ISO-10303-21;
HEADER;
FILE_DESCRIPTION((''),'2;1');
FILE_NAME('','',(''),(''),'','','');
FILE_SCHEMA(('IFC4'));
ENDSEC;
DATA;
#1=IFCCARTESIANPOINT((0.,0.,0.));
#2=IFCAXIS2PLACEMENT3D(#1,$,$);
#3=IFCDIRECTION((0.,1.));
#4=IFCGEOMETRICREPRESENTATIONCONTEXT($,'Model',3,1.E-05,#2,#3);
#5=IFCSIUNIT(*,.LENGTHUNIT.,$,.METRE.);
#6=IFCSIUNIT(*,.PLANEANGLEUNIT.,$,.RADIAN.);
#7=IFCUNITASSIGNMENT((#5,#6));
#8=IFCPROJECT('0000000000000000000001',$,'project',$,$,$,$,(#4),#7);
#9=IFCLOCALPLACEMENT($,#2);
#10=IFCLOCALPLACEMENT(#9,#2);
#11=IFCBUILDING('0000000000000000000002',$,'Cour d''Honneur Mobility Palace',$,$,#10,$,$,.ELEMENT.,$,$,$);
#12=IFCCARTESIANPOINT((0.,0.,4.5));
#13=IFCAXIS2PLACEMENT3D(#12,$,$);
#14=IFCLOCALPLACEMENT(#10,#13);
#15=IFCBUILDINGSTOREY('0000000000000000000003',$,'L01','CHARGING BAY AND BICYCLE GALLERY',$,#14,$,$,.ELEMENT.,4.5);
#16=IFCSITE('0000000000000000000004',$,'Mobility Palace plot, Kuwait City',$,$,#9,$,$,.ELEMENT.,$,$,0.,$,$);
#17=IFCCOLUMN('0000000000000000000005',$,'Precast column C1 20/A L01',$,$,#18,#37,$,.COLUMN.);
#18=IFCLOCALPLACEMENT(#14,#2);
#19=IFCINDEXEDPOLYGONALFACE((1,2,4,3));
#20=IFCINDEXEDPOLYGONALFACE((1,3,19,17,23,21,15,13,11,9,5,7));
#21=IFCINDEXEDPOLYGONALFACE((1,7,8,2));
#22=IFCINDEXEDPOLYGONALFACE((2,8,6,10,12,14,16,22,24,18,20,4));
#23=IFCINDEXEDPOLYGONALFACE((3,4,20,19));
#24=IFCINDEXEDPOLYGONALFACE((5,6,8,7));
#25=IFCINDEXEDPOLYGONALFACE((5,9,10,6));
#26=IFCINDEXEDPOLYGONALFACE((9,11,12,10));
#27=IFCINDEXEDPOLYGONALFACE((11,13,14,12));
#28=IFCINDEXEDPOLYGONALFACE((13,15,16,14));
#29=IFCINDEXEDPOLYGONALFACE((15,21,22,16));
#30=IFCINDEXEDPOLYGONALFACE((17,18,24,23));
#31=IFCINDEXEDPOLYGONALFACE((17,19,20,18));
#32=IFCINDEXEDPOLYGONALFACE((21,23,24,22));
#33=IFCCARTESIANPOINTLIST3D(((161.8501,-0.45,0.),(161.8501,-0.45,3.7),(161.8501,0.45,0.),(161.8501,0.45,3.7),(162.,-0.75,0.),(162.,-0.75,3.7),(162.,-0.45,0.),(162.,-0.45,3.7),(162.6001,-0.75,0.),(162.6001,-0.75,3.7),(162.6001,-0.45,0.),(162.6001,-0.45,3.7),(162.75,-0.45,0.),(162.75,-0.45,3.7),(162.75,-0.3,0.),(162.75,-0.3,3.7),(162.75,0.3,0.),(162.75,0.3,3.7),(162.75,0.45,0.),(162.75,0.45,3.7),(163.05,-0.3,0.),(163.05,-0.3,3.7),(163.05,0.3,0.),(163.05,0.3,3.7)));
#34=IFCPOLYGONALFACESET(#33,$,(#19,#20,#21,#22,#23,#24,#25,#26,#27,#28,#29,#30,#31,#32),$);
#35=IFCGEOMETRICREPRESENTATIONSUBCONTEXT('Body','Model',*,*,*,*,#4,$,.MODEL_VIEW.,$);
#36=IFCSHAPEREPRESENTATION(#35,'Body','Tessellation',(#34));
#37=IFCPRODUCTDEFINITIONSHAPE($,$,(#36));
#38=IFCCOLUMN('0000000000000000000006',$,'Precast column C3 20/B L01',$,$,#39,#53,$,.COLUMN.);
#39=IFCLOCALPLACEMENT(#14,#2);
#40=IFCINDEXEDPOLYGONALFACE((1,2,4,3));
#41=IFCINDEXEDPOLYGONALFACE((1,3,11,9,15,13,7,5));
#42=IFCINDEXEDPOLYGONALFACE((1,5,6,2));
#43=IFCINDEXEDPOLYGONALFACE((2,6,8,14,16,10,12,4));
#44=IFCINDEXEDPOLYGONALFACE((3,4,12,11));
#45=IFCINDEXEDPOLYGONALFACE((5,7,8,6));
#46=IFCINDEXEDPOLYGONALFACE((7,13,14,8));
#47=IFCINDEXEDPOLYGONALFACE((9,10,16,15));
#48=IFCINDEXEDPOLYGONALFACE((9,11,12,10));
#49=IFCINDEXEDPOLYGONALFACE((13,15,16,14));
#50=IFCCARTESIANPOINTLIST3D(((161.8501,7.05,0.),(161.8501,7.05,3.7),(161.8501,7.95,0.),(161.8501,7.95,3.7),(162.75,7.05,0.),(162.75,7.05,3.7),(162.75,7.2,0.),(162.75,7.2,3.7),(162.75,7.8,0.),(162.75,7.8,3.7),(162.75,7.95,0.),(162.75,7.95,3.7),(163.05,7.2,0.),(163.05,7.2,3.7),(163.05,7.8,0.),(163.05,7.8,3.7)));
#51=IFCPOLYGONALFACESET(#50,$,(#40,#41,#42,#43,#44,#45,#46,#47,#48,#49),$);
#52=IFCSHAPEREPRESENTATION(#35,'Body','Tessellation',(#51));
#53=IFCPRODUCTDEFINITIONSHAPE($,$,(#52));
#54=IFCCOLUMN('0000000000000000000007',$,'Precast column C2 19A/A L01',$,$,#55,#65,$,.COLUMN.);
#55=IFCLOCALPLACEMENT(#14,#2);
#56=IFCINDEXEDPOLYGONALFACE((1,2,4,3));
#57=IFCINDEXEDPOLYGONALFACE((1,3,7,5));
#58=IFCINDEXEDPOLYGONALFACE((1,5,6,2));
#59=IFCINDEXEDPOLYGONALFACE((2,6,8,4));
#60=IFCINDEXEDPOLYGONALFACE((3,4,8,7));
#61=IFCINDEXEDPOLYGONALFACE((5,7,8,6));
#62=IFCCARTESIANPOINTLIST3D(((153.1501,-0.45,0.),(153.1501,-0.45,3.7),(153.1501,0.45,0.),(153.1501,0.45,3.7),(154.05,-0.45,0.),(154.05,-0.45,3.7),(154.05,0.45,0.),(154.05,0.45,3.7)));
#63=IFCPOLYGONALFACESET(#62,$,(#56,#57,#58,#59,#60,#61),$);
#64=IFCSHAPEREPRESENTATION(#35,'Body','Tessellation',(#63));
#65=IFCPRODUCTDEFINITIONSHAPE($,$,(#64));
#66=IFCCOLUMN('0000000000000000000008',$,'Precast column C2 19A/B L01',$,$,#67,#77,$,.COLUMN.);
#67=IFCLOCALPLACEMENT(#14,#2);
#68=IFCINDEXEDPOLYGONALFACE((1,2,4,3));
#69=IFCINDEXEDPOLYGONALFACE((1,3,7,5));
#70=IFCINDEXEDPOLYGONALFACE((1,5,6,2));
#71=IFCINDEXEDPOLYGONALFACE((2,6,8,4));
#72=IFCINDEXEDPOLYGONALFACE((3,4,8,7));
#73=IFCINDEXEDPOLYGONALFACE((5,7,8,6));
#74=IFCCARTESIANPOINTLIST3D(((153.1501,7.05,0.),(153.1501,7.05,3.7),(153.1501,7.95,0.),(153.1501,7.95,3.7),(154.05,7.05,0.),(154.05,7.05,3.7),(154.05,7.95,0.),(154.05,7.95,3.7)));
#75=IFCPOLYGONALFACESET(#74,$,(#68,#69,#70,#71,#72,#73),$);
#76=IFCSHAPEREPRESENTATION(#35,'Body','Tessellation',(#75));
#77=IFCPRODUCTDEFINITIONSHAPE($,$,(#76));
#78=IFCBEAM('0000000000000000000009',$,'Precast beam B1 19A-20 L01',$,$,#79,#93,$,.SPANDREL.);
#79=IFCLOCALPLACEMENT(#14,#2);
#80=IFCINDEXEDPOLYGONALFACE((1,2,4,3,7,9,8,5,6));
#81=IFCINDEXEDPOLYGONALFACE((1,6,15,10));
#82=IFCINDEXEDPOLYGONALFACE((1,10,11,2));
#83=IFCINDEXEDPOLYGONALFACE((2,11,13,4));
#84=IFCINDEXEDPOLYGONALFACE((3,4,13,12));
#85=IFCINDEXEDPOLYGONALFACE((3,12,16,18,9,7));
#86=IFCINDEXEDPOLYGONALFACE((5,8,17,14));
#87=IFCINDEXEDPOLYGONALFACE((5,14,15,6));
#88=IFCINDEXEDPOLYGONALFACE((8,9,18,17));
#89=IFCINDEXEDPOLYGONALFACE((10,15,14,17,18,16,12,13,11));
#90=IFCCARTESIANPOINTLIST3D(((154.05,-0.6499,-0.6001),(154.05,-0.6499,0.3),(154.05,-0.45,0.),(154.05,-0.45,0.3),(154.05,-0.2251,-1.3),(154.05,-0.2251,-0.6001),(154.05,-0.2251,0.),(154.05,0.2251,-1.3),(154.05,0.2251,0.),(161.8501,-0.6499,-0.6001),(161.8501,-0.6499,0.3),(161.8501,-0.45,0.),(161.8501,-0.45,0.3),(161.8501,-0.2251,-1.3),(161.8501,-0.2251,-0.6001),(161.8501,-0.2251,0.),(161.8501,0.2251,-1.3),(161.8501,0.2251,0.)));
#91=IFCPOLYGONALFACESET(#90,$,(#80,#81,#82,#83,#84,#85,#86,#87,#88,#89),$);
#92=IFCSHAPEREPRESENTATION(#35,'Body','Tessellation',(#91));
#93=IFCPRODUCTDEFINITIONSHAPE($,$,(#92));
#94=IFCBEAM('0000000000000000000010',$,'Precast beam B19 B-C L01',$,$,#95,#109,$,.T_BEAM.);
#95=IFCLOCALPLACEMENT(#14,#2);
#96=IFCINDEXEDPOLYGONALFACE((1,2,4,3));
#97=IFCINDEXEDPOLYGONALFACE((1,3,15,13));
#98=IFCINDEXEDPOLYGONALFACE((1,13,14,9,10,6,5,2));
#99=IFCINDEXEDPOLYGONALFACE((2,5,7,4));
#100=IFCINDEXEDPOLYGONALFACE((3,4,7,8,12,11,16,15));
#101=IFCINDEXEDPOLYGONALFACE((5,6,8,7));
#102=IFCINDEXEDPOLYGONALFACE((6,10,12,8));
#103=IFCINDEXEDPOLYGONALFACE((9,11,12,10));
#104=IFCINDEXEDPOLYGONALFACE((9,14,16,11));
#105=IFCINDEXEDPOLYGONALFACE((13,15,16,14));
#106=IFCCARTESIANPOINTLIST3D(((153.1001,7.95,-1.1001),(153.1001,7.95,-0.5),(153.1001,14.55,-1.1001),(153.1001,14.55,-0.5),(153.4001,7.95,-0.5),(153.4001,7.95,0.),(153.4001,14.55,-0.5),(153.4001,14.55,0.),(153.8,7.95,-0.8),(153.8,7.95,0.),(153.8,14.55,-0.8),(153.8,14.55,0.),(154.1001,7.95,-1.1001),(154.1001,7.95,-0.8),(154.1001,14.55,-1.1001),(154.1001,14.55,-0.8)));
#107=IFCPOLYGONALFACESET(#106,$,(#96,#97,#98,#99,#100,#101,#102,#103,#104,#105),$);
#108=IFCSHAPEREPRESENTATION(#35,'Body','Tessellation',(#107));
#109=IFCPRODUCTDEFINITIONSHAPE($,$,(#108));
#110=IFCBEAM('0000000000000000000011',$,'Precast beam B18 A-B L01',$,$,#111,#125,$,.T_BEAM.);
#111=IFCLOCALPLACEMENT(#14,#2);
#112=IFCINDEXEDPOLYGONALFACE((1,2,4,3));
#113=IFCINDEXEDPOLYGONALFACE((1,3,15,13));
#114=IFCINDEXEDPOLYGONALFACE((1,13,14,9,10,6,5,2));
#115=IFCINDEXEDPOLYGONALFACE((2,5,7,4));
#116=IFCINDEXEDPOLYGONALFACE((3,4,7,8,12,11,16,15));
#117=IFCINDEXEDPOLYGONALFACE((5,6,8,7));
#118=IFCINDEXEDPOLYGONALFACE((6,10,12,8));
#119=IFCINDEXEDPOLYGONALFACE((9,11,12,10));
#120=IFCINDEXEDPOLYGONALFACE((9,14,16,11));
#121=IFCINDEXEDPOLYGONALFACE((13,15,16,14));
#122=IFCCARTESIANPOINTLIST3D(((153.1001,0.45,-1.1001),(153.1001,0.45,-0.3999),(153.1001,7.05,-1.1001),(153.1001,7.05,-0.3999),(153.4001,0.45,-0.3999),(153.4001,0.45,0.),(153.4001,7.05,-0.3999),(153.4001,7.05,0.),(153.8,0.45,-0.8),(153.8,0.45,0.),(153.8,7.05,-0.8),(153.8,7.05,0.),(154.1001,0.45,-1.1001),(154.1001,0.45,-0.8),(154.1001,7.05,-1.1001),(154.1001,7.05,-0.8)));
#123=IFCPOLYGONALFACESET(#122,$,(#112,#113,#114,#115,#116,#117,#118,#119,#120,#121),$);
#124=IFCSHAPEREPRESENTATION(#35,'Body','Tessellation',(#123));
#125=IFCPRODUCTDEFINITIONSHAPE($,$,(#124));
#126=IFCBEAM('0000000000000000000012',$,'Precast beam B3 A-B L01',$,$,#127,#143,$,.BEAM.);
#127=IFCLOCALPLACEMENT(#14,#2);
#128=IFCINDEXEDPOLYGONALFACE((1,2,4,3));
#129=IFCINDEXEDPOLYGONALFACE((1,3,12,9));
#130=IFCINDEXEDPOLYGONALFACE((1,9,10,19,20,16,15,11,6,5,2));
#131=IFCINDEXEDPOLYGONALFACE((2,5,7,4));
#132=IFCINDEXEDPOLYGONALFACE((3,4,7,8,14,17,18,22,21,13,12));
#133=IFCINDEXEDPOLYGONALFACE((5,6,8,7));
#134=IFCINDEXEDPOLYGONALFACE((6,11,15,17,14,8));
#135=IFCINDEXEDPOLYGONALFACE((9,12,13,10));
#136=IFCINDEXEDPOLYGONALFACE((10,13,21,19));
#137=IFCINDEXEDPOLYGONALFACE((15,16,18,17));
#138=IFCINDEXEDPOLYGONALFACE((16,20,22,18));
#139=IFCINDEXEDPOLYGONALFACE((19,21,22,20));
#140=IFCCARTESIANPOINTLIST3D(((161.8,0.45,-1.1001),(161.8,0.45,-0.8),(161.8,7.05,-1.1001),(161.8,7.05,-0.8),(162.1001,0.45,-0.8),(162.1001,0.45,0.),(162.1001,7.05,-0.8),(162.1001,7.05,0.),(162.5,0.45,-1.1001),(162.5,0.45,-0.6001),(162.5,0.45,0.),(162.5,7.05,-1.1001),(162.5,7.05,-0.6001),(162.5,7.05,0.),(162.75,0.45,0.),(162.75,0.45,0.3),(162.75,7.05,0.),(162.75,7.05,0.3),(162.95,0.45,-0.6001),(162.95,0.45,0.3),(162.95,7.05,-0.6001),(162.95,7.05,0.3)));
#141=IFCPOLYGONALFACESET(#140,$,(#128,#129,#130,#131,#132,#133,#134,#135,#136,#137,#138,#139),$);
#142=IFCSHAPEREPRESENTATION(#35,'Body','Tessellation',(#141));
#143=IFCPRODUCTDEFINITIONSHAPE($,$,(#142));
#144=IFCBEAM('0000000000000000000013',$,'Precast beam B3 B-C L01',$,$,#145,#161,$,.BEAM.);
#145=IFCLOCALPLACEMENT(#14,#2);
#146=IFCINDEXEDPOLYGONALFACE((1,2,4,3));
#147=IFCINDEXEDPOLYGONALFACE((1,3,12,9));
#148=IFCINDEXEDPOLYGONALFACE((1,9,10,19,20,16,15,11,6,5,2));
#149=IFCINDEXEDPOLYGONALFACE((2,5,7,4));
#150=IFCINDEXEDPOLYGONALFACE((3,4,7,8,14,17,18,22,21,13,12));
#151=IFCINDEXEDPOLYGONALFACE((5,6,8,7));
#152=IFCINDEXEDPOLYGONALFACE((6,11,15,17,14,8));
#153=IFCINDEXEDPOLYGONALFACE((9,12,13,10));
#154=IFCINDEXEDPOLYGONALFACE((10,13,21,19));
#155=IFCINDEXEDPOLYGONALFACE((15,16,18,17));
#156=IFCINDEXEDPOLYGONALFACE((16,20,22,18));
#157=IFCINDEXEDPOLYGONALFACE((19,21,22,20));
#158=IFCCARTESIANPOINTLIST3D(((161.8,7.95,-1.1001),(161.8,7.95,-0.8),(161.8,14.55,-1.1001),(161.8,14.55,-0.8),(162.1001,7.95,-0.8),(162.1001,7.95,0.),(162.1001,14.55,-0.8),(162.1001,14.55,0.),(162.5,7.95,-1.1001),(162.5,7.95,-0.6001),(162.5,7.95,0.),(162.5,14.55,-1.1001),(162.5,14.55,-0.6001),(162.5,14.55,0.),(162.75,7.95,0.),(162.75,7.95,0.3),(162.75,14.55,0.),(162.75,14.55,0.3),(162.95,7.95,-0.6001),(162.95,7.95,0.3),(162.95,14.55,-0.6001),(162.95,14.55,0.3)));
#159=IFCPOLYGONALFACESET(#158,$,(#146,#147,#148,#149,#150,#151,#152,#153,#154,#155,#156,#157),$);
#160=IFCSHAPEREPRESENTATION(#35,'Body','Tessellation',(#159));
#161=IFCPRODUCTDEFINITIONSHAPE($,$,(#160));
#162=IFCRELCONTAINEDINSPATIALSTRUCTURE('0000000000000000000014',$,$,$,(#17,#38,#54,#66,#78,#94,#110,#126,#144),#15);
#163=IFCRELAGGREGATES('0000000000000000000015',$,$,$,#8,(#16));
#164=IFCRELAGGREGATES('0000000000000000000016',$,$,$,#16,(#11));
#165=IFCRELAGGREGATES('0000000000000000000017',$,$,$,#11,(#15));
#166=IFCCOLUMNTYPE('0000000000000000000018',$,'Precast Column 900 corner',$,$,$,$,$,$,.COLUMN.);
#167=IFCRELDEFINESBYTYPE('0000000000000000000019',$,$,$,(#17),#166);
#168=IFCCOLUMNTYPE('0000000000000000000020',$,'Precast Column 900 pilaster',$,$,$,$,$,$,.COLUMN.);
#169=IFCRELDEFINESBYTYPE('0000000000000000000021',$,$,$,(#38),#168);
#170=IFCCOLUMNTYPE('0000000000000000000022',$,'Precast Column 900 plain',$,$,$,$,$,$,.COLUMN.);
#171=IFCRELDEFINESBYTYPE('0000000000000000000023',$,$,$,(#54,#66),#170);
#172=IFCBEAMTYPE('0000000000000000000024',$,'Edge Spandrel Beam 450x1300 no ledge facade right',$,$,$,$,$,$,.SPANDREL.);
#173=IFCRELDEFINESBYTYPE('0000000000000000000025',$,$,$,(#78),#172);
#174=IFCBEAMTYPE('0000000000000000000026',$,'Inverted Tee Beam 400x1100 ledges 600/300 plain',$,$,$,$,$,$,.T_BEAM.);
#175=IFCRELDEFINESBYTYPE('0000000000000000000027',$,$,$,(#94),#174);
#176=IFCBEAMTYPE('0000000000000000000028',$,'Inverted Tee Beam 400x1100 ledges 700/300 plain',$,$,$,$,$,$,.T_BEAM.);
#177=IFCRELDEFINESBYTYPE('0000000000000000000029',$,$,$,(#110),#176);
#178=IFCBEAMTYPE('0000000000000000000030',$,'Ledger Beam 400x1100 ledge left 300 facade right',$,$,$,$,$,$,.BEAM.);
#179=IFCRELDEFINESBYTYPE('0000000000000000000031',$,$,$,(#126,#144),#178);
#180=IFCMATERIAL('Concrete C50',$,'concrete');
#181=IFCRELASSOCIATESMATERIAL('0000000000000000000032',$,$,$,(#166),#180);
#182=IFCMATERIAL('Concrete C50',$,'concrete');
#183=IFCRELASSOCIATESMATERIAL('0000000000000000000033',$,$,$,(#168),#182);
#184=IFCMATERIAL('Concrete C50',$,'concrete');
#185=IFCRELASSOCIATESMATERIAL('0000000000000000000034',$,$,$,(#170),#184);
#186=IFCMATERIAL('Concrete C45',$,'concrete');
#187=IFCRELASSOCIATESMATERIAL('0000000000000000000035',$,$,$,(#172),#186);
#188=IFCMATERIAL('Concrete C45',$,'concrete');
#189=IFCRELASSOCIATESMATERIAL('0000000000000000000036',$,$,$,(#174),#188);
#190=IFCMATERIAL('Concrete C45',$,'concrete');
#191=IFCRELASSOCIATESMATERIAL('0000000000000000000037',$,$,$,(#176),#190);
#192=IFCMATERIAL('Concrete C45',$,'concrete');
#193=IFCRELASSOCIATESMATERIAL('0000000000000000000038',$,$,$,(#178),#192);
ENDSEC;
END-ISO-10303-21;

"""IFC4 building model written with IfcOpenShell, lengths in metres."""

from ifc_helpers import new_model, si_unit, direction, frame, origin, place, context, subcontext, project, spatial, polyline, outline, extrude, material, material_profile, profile_set, type_object, element, save


model = new_model("IFC4")

# Units and contexts
model_context = context("Model", 3, precision=1e-05, world=origin(), true_north=direction((0.0, 1.0)))
body_context = subcontext(model_context, "Body", "Model", "MODEL_VIEW")
ifc_project = project(units=[si_unit("LENGTHUNIT", "METRE"), si_unit("PLANEANGLEUNIT", "RADIAN")], contexts=[model_context])

# Site, building, storey
site_placement = place(None, origin())
site = spatial("IfcSite", under=ifc_project, at=site_placement, Name="Mobility Palace plot, Kuwait City", CompositionType="ELEMENT", RefElevation=0.0)
building_placement = place(site_placement, origin())
building = spatial("IfcBuilding", under=site, at=building_placement, Name="Cour d'Honneur Mobility Palace", CompositionType="ELEMENT")
storey_placement = place(building_placement, frame((0.0, 0.0, 4.5)))
storey = spatial("IfcBuildingStorey", under=building, at=storey_placement, Name="L01", Description="CHARGING BAY AND BICYCLE GALLERY", CompositionType="ELEMENT", Elevation=4.5)

# Columns
ifc_material_1 = material(Name="Concrete C50", Category="concrete")
ifc_material_profile_1 = material_profile(ifc_material_1, outline(polyline([(-0.45, -0.45), (0.45, -0.45), (0.45, -0.3), (0.75, -0.3), (0.75, 0.3), (0.45, 0.3), (0.45, 0.45), (0.3, 0.45), (0.3, 0.75), (-0.3, 0.75), (-0.3, 0.45), (-0.45, 0.45), (-0.45, -0.45)])), Name="PC C900 corner")
ifc_profile_set_1 = profile_set([ifc_material_profile_1], Name="Concrete C50")
column_type_1 = type_object("IfcColumnType", Name="Precast Column 900 corner", PredefinedType="COLUMN", material=ifc_profile_set_1)
column_1_placement = place(storey_placement, frame((162.3, 0.0, 0.0), z_axis=(0.0, 0.0, 1.0), x_axis=(0.0, -1.0, 0.0)))
element("IfcColumn", 1, at=column_1_placement, inside=storey, type_object=column_type_1, Name="Precast column C1 20/A L01", PredefinedType="COLUMN", context=body_context, shape_type="SweptSolid", body=[
    extrude(outline(polyline([(-0.45, -0.45), (0.45, -0.45), (0.45, -0.3), (0.75, -0.3), (0.75, 0.3), (0.45, 0.3), (0.45, 0.45), (0.3, 0.45), (0.3, 0.75), (-0.3, 0.75), (-0.3, 0.45), (-0.45, 0.45), (-0.45, -0.45)])), origin(), (0.0, 0.0, 1.0), 3.7),
])
ifc_material_2 = material(Name="Concrete C50", Category="concrete")
ifc_material_profile_2 = material_profile(ifc_material_2, outline(polyline([(-0.45, -0.45), (0.45, -0.45), (0.45, -0.3), (0.75, -0.3), (0.75, 0.3), (0.45, 0.3), (0.45, 0.45), (-0.45, 0.45), (-0.45, -0.45)])), Name="PC C900 pilaster")
ifc_profile_set_2 = profile_set([ifc_material_profile_2], Name="Concrete C50")
column_type_2 = type_object("IfcColumnType", Name="Precast Column 900 pilaster", PredefinedType="COLUMN", material=ifc_profile_set_2)
column_2_placement = place(storey_placement, frame((162.3, 7.5, 0.0), z_axis=(0.0, 0.0, 1.0), x_axis=(1.0, 0.0, 0.0)))
element("IfcColumn", 2, at=column_2_placement, inside=storey, type_object=column_type_2, Name="Precast column C3 20/B L01", PredefinedType="COLUMN", context=body_context, shape_type="SweptSolid", body=[
    extrude(outline(polyline([(-0.45, -0.45), (0.45, -0.45), (0.45, -0.3), (0.75, -0.3), (0.75, 0.3), (0.45, 0.3), (0.45, 0.45), (-0.45, 0.45), (-0.45, -0.45)])), origin(), (0.0, 0.0, 1.0), 3.7),
])
ifc_material_3 = material(Name="Concrete C50", Category="concrete")
ifc_material_profile_3 = material_profile(ifc_material_3, outline(polyline([(-0.45, -0.45), (0.45, -0.45), (0.45, 0.45), (-0.45, 0.45), (-0.45, -0.45)])), Name="PC C900 plain")
ifc_profile_set_3 = profile_set([ifc_material_profile_3], Name="Concrete C50")
column_type_3 = type_object("IfcColumnType", Name="Precast Column 900 plain", PredefinedType="COLUMN", material=ifc_profile_set_3)
for number, where, z_axis, x_axis, name in (
    (3, (153.6001, 0.0, 0.0), (0.0, 0.0, 1.0), (1.0, 0.0, 0.0), "Precast column C2 19A/A L01"),
    (4, (153.6001, 7.5, 0.0), (0.0, 0.0, 1.0), (1.0, 0.0, 0.0), "Precast column C2 19A/B L01"),
):
    element("IfcColumn", number, at=place(storey_placement, frame(where, z_axis=z_axis, x_axis=x_axis)), inside=storey, type_object=column_type_3, Name=name, PredefinedType="COLUMN", context=body_context, shape_type="SweptSolid", body=[
        extrude(outline(polyline([(-0.45, -0.45), (0.45, -0.45), (0.45, 0.45), (-0.45, 0.45), (-0.45, -0.45)])), origin(), (0.0, 0.0, 1.0), 3.7),
    ])

# Beams
ifc_material_4 = material(Name="Concrete C45", Category="concrete")
ifc_material_profile_4 = material_profile(ifc_material_4, outline(polyline([(0.2251, -1.3), (0.2251, 0.0), (-0.2251, 0.0), (-0.45, 0.0), (-0.45, 0.3), (-0.6499, 0.3), (-0.6499, -0.6001), (-0.2251, -0.6001), (-0.2251, -1.3), (0.2251, -1.3)])), Name="Edge Spandrel Beam 450x1300 no ledge facade right")
ifc_profile_set_4 = profile_set([ifc_material_profile_4], Name="Concrete C45")
beam_type_1 = type_object("IfcBeamType", Name="Edge Spandrel Beam 450x1300 no ledge facade right", PredefinedType="SPANDREL", material=ifc_profile_set_4)
beam_1_placement = place(storey_placement, frame((154.05, 0.0, 0.0), z_axis=(1.0, 0.0, 0.0), x_axis=(0.0, 1.0, 0.0)))
element("IfcBeam", 5, at=beam_1_placement, inside=storey, type_object=beam_type_1, Name="Precast beam B1 19A-20 L01", PredefinedType="SPANDREL", context=body_context, shape_type="SweptSolid", body=[
    extrude(outline(polyline([(0.2251, -1.3), (0.2251, 0.0), (-0.2251, 0.0), (-0.45, 0.0), (-0.45, 0.3), (-0.6499, 0.3), (-0.6499, -0.6001), (-0.2251, -0.6001), (-0.2251, -1.3), (0.2251, -1.3)])), origin(), (0.0, 0.0, 1.0), 7.8),
])
ifc_material_5 = material(Name="Concrete C45", Category="concrete")
ifc_material_profile_5 = material_profile(ifc_material_5, outline(polyline([(0.5, -1.1001), (0.5, -0.5), (0.2, -0.5), (0.2, 0.0), (-0.2, 0.0), (-0.2, -0.8), (-0.5, -0.8), (-0.5, -1.1001), (0.5, -1.1001)])), Name="Inverted Tee Beam 400x1100 ledges 600/300 plain")
ifc_profile_set_5 = profile_set([ifc_material_profile_5], Name="Concrete C45")
beam_type_2 = type_object("IfcBeamType", Name="Inverted Tee Beam 400x1100 ledges 600/300 plain", PredefinedType="T_BEAM", material=ifc_profile_set_5)
beam_2_placement = place(storey_placement, frame((153.6001, 7.95, 0.0), z_axis=(0.0, 1.0, 0.0), x_axis=(-1.0, 0.0, 0.0)))
element("IfcBeam", 6, at=beam_2_placement, inside=storey, type_object=beam_type_2, Name="Precast beam B19 B-C L01", PredefinedType="T_BEAM", context=body_context, shape_type="SweptSolid", body=[
    extrude(outline(polyline([(0.5, -1.1001), (0.5, -0.5), (0.2, -0.5), (0.2, 0.0), (-0.2, 0.0), (-0.2, -0.8), (-0.5, -0.8), (-0.5, -1.1001), (0.5, -1.1001)])), origin(), (0.0, 0.0, 1.0), 6.6001),
])
ifc_material_6 = material(Name="Concrete C45", Category="concrete")
ifc_material_profile_6 = material_profile(ifc_material_6, outline(polyline([(0.5, -1.1001), (0.5, -0.3999), (0.2, -0.3999), (0.2, 0.0), (-0.2, 0.0), (-0.2, -0.8), (-0.5, -0.8), (-0.5, -1.1001), (0.5, -1.1001)])), Name="Inverted Tee Beam 400x1100 ledges 700/300 plain")
ifc_profile_set_6 = profile_set([ifc_material_profile_6], Name="Concrete C45")
beam_type_3 = type_object("IfcBeamType", Name="Inverted Tee Beam 400x1100 ledges 700/300 plain", PredefinedType="T_BEAM", material=ifc_profile_set_6)
beam_3_placement = place(storey_placement, frame((153.6001, 0.45, 0.0), z_axis=(0.0, 1.0, 0.0), x_axis=(-1.0, 0.0, 0.0)))
element("IfcBeam", 7, at=beam_3_placement, inside=storey, type_object=beam_type_3, Name="Precast beam B18 A-B L01", PredefinedType="T_BEAM", context=body_context, shape_type="SweptSolid", body=[
    extrude(outline(polyline([(0.5, -1.1001), (0.5, -0.3999), (0.2, -0.3999), (0.2, 0.0), (-0.2, 0.0), (-0.2, -0.8), (-0.5, -0.8), (-0.5, -1.1001), (0.5, -1.1001)])), origin(), (0.0, 0.0, 1.0), 6.6001),
])
ifc_material_7 = material(Name="Concrete C45", Category="concrete")
ifc_material_profile_7 = material_profile(ifc_material_7, outline(polyline([(0.5, -1.1001), (0.5, -0.8), (0.2, -0.8), (0.2, 0.0), (-0.2, 0.0), (-0.45, 0.0), (-0.45, 0.3), (-0.6499, 0.3), (-0.6499, -0.6001), (-0.2, -0.6001), (-0.2, -1.1001), (0.5, -1.1001)])), Name="Ledger Beam 400x1100 ledge left 300 facade right")
ifc_profile_set_7 = profile_set([ifc_material_profile_7], Name="Concrete C45")
beam_type_4 = type_object("IfcBeamType", Name="Ledger Beam 400x1100 ledge left 300 facade right", PredefinedType="BEAM", material=ifc_profile_set_7)
for number, where, z_axis, x_axis, name in (
    (8, (162.3, 0.45, 0.0), (0.0, 1.0, 0.0), (-1.0, 0.0, 0.0), "Precast beam B3 A-B L01"),
    (9, (162.3, 7.95, 0.0), (0.0, 1.0, 0.0), (-1.0, 0.0, 0.0), "Precast beam B3 B-C L01"),
):
    element("IfcBeam", number, at=place(storey_placement, frame(where, z_axis=z_axis, x_axis=x_axis)), inside=storey, type_object=beam_type_4, Name=name, PredefinedType="BEAM", context=body_context, shape_type="SweptSolid", body=[
        extrude(outline(polyline([(0.5, -1.1001), (0.5, -0.8), (0.2, -0.8), (0.2, 0.0), (-0.2, 0.0), (-0.45, 0.0), (-0.45, 0.3), (-0.6499, 0.3), (-0.6499, -0.6001), (-0.2, -0.6001), (-0.2, -1.1001), (0.5, -1.1001)])), origin(), (0.0, 0.0, 1.0), 6.6001),
    ])

save(model, "model.ifc")
